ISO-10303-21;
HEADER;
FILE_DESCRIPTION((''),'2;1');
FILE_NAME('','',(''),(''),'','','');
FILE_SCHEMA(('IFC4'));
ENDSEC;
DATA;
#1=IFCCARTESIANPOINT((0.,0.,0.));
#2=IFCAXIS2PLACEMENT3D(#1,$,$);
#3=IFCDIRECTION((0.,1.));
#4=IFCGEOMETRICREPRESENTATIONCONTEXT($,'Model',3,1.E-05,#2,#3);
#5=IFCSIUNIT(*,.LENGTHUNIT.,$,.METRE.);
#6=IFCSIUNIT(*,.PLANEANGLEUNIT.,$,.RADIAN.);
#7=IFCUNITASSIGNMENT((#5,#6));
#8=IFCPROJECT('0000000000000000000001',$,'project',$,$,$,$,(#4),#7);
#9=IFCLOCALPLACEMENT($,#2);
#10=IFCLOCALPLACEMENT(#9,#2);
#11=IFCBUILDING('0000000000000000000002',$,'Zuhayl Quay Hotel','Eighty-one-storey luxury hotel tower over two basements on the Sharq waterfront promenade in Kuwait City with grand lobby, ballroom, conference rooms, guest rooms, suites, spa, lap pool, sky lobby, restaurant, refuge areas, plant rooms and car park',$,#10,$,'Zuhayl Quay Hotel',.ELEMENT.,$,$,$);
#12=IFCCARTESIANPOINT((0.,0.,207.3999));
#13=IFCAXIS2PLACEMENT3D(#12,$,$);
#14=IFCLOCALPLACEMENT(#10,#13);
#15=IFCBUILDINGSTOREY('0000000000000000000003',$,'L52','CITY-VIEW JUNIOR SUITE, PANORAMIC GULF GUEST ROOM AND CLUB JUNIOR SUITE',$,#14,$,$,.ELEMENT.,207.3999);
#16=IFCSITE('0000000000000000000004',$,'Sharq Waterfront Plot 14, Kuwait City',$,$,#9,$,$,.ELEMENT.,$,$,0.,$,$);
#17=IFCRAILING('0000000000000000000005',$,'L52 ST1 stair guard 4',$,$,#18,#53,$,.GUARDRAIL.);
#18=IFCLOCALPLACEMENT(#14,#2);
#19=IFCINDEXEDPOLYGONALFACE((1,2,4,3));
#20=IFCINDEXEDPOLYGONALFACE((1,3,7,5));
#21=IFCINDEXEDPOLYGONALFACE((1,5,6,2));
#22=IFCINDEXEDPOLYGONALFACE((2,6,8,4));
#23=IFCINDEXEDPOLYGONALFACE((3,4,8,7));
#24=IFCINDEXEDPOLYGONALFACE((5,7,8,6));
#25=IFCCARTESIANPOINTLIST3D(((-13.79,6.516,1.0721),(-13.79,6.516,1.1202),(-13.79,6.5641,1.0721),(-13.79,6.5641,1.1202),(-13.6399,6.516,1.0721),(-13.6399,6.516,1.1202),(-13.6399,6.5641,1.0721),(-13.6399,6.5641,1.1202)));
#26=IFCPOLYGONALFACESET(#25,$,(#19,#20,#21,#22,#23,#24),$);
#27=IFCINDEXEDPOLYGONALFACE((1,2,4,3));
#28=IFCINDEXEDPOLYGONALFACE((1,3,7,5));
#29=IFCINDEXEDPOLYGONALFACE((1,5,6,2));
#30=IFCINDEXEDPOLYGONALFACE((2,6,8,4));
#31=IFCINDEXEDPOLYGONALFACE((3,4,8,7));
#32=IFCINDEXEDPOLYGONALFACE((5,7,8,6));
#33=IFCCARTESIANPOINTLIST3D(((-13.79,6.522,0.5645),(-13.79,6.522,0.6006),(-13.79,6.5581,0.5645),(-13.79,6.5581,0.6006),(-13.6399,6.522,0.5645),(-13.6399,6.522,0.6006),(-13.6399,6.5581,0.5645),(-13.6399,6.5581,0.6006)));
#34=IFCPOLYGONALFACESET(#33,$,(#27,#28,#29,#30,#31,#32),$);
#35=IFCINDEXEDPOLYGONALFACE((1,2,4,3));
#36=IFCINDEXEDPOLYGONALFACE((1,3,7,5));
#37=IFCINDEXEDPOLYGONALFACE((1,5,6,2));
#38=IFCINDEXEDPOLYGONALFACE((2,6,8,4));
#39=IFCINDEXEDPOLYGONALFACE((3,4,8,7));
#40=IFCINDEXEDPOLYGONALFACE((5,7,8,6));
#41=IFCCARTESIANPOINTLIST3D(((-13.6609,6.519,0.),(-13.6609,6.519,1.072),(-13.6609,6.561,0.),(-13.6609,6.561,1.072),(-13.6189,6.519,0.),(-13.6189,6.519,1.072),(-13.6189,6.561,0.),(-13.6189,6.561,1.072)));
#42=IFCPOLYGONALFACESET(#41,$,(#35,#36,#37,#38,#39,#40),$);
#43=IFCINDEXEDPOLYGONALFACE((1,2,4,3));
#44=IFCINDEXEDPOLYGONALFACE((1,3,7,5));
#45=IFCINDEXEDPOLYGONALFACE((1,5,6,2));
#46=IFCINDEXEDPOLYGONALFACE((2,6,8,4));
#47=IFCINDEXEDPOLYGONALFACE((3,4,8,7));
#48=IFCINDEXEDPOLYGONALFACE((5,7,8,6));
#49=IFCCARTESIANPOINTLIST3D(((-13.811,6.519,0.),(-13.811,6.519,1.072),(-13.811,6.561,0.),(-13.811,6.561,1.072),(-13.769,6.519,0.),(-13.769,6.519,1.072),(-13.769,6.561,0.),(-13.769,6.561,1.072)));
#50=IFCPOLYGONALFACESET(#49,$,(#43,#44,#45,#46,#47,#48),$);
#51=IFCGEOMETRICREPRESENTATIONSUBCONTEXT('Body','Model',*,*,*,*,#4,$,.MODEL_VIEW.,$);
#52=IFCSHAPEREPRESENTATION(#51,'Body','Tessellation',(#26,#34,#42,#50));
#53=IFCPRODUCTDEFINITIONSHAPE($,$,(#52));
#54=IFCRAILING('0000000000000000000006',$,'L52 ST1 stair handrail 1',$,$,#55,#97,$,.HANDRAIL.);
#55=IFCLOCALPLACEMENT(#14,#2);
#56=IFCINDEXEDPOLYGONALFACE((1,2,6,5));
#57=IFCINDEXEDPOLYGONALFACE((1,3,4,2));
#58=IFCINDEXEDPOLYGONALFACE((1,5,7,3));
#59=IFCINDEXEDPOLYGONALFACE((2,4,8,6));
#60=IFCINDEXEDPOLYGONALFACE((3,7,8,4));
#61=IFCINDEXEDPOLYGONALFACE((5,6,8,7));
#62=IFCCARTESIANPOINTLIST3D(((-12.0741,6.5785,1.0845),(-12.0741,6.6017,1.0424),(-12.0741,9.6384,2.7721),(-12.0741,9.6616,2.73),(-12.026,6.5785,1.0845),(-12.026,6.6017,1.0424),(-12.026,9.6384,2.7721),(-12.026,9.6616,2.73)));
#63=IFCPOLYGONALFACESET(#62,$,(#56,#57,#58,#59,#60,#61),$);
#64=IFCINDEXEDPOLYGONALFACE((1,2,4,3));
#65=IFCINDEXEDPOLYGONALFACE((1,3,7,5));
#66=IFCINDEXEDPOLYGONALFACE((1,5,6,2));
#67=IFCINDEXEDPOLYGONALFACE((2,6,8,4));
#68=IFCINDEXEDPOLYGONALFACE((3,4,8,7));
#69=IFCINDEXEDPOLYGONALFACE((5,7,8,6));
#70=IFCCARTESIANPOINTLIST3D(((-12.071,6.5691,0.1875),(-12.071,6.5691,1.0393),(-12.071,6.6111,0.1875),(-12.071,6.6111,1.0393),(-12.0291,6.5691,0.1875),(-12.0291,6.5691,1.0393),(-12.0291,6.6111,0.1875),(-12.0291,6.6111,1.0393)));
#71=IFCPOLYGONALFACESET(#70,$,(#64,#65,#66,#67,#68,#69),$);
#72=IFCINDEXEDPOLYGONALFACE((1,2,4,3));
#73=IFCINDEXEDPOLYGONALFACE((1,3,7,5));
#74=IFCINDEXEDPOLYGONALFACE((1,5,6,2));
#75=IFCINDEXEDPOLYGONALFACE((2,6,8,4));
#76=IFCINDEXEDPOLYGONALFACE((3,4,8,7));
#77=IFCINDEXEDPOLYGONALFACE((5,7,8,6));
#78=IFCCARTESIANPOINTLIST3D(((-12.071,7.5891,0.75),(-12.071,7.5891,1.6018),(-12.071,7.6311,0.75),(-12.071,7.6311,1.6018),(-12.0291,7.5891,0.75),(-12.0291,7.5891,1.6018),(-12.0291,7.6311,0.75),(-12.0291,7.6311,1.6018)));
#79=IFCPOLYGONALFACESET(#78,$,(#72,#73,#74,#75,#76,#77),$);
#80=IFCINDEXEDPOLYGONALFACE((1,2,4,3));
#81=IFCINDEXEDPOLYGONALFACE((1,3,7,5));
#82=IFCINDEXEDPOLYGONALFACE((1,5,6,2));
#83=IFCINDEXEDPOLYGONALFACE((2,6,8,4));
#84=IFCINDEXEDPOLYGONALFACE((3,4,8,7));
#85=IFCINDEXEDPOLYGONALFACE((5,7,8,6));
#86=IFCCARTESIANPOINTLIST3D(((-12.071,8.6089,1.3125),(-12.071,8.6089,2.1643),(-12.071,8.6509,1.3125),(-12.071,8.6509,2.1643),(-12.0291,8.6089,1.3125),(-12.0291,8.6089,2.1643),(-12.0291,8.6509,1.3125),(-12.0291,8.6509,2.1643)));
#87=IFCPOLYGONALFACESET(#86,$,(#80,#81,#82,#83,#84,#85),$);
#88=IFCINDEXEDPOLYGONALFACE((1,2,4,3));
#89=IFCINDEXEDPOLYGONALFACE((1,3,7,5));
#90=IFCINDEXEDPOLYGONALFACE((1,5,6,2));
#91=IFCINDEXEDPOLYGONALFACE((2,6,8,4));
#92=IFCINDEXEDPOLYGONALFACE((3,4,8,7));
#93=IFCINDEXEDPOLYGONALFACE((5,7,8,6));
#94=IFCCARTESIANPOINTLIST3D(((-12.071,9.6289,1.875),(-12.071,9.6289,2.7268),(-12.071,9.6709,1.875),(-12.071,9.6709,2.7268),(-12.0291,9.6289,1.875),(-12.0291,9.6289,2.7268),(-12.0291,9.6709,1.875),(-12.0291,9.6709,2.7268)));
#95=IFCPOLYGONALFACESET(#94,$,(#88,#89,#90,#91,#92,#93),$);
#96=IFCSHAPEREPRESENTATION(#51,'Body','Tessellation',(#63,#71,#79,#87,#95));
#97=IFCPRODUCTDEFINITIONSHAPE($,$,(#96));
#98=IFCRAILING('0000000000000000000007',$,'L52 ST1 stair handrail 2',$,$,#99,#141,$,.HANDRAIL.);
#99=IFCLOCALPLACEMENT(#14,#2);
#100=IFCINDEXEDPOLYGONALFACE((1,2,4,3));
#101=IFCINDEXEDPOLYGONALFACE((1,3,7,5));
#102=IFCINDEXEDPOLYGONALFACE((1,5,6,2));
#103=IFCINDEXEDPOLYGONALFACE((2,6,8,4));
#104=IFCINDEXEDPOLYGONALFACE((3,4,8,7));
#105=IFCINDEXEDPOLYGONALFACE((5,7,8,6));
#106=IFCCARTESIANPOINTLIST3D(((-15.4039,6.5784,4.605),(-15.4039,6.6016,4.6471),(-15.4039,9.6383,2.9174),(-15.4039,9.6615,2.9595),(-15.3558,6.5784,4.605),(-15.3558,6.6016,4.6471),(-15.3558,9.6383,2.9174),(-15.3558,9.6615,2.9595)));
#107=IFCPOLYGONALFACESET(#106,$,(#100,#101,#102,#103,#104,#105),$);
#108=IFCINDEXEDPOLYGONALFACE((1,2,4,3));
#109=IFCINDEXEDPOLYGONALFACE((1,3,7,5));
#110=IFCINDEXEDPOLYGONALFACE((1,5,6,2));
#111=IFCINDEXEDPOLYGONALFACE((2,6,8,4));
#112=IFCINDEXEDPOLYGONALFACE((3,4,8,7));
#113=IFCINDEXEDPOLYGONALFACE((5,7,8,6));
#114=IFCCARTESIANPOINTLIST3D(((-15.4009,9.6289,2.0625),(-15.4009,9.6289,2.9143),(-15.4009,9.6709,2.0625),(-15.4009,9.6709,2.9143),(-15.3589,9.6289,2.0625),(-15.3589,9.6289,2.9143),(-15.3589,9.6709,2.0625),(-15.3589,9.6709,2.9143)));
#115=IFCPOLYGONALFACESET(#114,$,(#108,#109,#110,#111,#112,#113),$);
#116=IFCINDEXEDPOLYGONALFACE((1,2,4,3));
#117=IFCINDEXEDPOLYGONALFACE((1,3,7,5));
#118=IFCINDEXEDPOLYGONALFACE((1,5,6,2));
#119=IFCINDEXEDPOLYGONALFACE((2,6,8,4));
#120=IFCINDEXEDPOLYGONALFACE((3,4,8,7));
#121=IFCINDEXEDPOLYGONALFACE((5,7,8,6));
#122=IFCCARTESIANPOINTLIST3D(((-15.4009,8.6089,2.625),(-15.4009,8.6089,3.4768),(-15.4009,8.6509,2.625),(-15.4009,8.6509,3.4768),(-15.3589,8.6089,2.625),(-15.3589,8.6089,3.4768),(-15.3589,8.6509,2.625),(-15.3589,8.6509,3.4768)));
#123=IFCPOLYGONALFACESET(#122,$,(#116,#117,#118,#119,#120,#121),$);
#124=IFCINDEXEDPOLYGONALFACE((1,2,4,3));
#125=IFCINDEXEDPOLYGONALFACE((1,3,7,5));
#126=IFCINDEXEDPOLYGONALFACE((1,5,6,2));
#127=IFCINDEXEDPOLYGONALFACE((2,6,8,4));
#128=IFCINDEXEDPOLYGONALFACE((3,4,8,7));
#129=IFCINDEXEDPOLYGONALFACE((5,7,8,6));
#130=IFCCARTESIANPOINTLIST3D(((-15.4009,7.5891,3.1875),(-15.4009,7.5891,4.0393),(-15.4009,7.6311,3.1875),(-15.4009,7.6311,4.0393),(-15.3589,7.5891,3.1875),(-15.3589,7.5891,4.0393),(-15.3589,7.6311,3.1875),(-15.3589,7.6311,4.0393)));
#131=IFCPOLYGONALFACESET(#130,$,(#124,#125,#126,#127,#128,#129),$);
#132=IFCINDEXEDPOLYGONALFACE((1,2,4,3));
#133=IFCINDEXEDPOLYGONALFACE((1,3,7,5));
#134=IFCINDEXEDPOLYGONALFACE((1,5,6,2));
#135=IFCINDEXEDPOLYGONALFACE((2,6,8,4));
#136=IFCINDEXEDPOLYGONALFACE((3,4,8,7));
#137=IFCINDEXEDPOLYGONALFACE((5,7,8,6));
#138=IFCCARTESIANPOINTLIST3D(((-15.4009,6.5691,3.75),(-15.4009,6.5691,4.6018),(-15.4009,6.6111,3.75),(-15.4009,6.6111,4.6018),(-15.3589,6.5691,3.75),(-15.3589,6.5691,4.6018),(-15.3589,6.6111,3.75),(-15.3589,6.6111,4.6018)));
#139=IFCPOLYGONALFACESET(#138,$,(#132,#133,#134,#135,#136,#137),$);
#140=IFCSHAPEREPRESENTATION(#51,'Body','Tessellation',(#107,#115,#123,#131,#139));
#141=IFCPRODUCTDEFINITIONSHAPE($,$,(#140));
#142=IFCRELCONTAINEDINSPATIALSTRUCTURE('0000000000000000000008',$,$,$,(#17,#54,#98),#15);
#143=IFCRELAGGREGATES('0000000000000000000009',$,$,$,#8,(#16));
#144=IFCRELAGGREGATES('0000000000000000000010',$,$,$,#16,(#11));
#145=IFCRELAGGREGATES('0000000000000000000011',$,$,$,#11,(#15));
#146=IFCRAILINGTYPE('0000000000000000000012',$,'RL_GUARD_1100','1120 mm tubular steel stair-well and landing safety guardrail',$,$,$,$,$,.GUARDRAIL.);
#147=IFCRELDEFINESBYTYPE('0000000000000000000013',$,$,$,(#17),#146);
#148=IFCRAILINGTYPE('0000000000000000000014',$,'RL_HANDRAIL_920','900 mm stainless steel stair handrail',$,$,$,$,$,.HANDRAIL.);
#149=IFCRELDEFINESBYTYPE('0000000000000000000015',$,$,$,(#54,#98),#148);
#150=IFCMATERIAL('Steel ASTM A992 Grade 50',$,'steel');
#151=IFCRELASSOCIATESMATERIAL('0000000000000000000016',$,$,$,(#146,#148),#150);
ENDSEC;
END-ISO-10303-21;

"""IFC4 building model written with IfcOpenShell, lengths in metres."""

from ifc_helpers import new_model, si_unit, direction, frame, origin, origin_2d, place, context, subcontext, project, spatial, rectangle, extrude, material, type_object, element, save


model = new_model("IFC4")

# Units and contexts
model_context = context("Model", 3, precision=1e-05, world=origin(), true_north=direction((0.0, 1.0)))
body_context = subcontext(model_context, "Body", "Model", "MODEL_VIEW")
ifc_project = project(units=[si_unit("LENGTHUNIT", "METRE"), si_unit("PLANEANGLEUNIT", "RADIAN")], contexts=[model_context])

# Site, building, storey
site_placement = place(None, origin())
site = spatial("IfcSite", under=ifc_project, at=site_placement, Name="Sharq Waterfront Plot 14, Kuwait City", CompositionType="ELEMENT", RefElevation=0.0)
building_placement = place(site_placement, origin())
building = spatial("IfcBuilding", under=site, at=building_placement, Name="Zuhayl Quay Hotel", Description="Eighty-one-storey luxury hotel tower over two basements on the Sharq waterfront promenade in Kuwait City with grand lobby, ballroom, conference rooms, guest rooms, suites, spa, lap pool, sky lobby, restaurant, refuge areas, plant rooms and car park", LongName="Zuhayl Quay Hotel", CompositionType="ELEMENT")
storey_placement = place(building_placement, frame((0.0, 0.0, 207.3999)))
storey = spatial("IfcBuildingStorey", under=building, at=storey_placement, Name="L52", Description="CITY-VIEW JUNIOR SUITE, PANORAMIC GULF GUEST ROOM AND CLUB JUNIOR SUITE", CompositionType="ELEMENT", Elevation=207.3999)

# Shared definitions
ifc_material_1 = material(Name="Steel ASTM A992 Grade 50", Category="steel")

# Railings
railing_type_1 = type_object("IfcRailingType", Name="RL_GUARD_1100", Description="1120 mm tubular steel stair-well and landing safety guardrail", PredefinedType="GUARDRAIL", material=ifc_material_1)
railing_1_placement = place(storey_placement, frame((-13.6399, 6.54, 0.0)))
element("IfcRailing", 1, at=railing_1_placement, inside=storey, type_object=railing_type_1, Name="L52 ST1 stair guard 4", PredefinedType="GUARDRAIL", context=body_context, shape_type="SweptSolid", body=[
    extrude(rectangle(XDim=0.0481, YDim=0.0481, at=origin_2d()), frame((0.0, 0.0, 1.0962), z_axis=(-1.0, 0.0, 0.0), x_axis=(0.0, -1.0, 0.0)), (0.0, 0.0, 1.0), 0.1501),
    extrude(rectangle(XDim=0.0361, YDim=0.0361, at=origin_2d()), frame((0.0, 0.0, 0.5825), z_axis=(-1.0, 0.0, 0.0), x_axis=(0.0, -1.0, 0.0)), (0.0, 0.0, 1.0), 0.1501),
    extrude(rectangle(XDim=0.042, YDim=0.042, at=origin_2d()), origin(), (0.0, 0.0, 1.0), 1.072),
    extrude(rectangle(XDim=0.042, YDim=0.042, at=origin_2d()), frame((-0.1501, 0.0, 0.0)), (0.0, 0.0, 1.0), 1.072),
])
railing_type_2 = type_object("IfcRailingType", Name="RL_HANDRAIL_920", Description="900 mm stainless steel stair handrail", PredefinedType="HANDRAIL", material=ifc_material_1)
railing_2_placement = place(storey_placement, frame((-12.05, 6.5901, 0.1875)))
element("IfcRailing", 2, at=railing_2_placement, inside=storey, type_object=railing_type_2, Name="L52 ST1 stair handrail 1", PredefinedType="HANDRAIL", context=body_context, shape_type="SweptSolid", body=[
    extrude(rectangle(XDim=0.0481, YDim=0.0481, at=origin_2d()), frame((0.0, 0.0, 0.876), z_axis=(0.0, 0.875659, 0.48293), x_axis=(-1.0, 0.0, 0.0)), (0.0, 0.0, 1.0), 3.4944),
    extrude(rectangle(XDim=0.042, YDim=0.042, at=origin_2d()), origin(), (0.0, 0.0, 1.0), 0.8518),
    extrude(rectangle(XDim=0.042, YDim=0.042, at=origin_2d()), frame((0.0, 1.02, 0.5625)), (0.0, 0.0, 1.0), 0.8518),
    extrude(rectangle(XDim=0.042, YDim=0.042, at=origin_2d()), frame((0.0, 2.0398, 1.125)), (0.0, 0.0, 1.0), 0.8518),
    extrude(rectangle(XDim=0.042, YDim=0.042, at=origin_2d()), frame((0.0, 3.0598, 1.6875)), (0.0, 0.0, 1.0), 0.8518),
])
railing_3_placement = place(storey_placement, frame((-15.3799, 9.6499, 2.0625)))
element("IfcRailing", 3, at=railing_3_placement, inside=storey, type_object=railing_type_2, Name="L52 ST1 stair handrail 2", PredefinedType="HANDRAIL", context=body_context, shape_type="SweptSolid", body=[
    extrude(rectangle(XDim=0.0481, YDim=0.0481, at=origin_2d()), frame((0.0, 0.0, 0.876), z_axis=(0.0, -0.875659, 0.48293), x_axis=(1.0, 0.0, 0.0)), (0.0, 0.0, 1.0), 3.4944),
    extrude(rectangle(XDim=0.042, YDim=0.042, at=origin_2d()), origin(), (0.0, 0.0, 1.0), 0.8518),
    extrude(rectangle(XDim=0.042, YDim=0.042, at=origin_2d()), frame((0.0, -1.02, 0.5625)), (0.0, 0.0, 1.0), 0.8518),
    extrude(rectangle(XDim=0.042, YDim=0.042, at=origin_2d()), frame((0.0, -2.0398, 1.125)), (0.0, 0.0, 1.0), 0.8518),
    extrude(rectangle(XDim=0.042, YDim=0.042, at=origin_2d()), frame((0.0, -3.0598, 1.6875)), (0.0, 0.0, 1.0), 0.8518),
])

save(model, "model.ifc")
